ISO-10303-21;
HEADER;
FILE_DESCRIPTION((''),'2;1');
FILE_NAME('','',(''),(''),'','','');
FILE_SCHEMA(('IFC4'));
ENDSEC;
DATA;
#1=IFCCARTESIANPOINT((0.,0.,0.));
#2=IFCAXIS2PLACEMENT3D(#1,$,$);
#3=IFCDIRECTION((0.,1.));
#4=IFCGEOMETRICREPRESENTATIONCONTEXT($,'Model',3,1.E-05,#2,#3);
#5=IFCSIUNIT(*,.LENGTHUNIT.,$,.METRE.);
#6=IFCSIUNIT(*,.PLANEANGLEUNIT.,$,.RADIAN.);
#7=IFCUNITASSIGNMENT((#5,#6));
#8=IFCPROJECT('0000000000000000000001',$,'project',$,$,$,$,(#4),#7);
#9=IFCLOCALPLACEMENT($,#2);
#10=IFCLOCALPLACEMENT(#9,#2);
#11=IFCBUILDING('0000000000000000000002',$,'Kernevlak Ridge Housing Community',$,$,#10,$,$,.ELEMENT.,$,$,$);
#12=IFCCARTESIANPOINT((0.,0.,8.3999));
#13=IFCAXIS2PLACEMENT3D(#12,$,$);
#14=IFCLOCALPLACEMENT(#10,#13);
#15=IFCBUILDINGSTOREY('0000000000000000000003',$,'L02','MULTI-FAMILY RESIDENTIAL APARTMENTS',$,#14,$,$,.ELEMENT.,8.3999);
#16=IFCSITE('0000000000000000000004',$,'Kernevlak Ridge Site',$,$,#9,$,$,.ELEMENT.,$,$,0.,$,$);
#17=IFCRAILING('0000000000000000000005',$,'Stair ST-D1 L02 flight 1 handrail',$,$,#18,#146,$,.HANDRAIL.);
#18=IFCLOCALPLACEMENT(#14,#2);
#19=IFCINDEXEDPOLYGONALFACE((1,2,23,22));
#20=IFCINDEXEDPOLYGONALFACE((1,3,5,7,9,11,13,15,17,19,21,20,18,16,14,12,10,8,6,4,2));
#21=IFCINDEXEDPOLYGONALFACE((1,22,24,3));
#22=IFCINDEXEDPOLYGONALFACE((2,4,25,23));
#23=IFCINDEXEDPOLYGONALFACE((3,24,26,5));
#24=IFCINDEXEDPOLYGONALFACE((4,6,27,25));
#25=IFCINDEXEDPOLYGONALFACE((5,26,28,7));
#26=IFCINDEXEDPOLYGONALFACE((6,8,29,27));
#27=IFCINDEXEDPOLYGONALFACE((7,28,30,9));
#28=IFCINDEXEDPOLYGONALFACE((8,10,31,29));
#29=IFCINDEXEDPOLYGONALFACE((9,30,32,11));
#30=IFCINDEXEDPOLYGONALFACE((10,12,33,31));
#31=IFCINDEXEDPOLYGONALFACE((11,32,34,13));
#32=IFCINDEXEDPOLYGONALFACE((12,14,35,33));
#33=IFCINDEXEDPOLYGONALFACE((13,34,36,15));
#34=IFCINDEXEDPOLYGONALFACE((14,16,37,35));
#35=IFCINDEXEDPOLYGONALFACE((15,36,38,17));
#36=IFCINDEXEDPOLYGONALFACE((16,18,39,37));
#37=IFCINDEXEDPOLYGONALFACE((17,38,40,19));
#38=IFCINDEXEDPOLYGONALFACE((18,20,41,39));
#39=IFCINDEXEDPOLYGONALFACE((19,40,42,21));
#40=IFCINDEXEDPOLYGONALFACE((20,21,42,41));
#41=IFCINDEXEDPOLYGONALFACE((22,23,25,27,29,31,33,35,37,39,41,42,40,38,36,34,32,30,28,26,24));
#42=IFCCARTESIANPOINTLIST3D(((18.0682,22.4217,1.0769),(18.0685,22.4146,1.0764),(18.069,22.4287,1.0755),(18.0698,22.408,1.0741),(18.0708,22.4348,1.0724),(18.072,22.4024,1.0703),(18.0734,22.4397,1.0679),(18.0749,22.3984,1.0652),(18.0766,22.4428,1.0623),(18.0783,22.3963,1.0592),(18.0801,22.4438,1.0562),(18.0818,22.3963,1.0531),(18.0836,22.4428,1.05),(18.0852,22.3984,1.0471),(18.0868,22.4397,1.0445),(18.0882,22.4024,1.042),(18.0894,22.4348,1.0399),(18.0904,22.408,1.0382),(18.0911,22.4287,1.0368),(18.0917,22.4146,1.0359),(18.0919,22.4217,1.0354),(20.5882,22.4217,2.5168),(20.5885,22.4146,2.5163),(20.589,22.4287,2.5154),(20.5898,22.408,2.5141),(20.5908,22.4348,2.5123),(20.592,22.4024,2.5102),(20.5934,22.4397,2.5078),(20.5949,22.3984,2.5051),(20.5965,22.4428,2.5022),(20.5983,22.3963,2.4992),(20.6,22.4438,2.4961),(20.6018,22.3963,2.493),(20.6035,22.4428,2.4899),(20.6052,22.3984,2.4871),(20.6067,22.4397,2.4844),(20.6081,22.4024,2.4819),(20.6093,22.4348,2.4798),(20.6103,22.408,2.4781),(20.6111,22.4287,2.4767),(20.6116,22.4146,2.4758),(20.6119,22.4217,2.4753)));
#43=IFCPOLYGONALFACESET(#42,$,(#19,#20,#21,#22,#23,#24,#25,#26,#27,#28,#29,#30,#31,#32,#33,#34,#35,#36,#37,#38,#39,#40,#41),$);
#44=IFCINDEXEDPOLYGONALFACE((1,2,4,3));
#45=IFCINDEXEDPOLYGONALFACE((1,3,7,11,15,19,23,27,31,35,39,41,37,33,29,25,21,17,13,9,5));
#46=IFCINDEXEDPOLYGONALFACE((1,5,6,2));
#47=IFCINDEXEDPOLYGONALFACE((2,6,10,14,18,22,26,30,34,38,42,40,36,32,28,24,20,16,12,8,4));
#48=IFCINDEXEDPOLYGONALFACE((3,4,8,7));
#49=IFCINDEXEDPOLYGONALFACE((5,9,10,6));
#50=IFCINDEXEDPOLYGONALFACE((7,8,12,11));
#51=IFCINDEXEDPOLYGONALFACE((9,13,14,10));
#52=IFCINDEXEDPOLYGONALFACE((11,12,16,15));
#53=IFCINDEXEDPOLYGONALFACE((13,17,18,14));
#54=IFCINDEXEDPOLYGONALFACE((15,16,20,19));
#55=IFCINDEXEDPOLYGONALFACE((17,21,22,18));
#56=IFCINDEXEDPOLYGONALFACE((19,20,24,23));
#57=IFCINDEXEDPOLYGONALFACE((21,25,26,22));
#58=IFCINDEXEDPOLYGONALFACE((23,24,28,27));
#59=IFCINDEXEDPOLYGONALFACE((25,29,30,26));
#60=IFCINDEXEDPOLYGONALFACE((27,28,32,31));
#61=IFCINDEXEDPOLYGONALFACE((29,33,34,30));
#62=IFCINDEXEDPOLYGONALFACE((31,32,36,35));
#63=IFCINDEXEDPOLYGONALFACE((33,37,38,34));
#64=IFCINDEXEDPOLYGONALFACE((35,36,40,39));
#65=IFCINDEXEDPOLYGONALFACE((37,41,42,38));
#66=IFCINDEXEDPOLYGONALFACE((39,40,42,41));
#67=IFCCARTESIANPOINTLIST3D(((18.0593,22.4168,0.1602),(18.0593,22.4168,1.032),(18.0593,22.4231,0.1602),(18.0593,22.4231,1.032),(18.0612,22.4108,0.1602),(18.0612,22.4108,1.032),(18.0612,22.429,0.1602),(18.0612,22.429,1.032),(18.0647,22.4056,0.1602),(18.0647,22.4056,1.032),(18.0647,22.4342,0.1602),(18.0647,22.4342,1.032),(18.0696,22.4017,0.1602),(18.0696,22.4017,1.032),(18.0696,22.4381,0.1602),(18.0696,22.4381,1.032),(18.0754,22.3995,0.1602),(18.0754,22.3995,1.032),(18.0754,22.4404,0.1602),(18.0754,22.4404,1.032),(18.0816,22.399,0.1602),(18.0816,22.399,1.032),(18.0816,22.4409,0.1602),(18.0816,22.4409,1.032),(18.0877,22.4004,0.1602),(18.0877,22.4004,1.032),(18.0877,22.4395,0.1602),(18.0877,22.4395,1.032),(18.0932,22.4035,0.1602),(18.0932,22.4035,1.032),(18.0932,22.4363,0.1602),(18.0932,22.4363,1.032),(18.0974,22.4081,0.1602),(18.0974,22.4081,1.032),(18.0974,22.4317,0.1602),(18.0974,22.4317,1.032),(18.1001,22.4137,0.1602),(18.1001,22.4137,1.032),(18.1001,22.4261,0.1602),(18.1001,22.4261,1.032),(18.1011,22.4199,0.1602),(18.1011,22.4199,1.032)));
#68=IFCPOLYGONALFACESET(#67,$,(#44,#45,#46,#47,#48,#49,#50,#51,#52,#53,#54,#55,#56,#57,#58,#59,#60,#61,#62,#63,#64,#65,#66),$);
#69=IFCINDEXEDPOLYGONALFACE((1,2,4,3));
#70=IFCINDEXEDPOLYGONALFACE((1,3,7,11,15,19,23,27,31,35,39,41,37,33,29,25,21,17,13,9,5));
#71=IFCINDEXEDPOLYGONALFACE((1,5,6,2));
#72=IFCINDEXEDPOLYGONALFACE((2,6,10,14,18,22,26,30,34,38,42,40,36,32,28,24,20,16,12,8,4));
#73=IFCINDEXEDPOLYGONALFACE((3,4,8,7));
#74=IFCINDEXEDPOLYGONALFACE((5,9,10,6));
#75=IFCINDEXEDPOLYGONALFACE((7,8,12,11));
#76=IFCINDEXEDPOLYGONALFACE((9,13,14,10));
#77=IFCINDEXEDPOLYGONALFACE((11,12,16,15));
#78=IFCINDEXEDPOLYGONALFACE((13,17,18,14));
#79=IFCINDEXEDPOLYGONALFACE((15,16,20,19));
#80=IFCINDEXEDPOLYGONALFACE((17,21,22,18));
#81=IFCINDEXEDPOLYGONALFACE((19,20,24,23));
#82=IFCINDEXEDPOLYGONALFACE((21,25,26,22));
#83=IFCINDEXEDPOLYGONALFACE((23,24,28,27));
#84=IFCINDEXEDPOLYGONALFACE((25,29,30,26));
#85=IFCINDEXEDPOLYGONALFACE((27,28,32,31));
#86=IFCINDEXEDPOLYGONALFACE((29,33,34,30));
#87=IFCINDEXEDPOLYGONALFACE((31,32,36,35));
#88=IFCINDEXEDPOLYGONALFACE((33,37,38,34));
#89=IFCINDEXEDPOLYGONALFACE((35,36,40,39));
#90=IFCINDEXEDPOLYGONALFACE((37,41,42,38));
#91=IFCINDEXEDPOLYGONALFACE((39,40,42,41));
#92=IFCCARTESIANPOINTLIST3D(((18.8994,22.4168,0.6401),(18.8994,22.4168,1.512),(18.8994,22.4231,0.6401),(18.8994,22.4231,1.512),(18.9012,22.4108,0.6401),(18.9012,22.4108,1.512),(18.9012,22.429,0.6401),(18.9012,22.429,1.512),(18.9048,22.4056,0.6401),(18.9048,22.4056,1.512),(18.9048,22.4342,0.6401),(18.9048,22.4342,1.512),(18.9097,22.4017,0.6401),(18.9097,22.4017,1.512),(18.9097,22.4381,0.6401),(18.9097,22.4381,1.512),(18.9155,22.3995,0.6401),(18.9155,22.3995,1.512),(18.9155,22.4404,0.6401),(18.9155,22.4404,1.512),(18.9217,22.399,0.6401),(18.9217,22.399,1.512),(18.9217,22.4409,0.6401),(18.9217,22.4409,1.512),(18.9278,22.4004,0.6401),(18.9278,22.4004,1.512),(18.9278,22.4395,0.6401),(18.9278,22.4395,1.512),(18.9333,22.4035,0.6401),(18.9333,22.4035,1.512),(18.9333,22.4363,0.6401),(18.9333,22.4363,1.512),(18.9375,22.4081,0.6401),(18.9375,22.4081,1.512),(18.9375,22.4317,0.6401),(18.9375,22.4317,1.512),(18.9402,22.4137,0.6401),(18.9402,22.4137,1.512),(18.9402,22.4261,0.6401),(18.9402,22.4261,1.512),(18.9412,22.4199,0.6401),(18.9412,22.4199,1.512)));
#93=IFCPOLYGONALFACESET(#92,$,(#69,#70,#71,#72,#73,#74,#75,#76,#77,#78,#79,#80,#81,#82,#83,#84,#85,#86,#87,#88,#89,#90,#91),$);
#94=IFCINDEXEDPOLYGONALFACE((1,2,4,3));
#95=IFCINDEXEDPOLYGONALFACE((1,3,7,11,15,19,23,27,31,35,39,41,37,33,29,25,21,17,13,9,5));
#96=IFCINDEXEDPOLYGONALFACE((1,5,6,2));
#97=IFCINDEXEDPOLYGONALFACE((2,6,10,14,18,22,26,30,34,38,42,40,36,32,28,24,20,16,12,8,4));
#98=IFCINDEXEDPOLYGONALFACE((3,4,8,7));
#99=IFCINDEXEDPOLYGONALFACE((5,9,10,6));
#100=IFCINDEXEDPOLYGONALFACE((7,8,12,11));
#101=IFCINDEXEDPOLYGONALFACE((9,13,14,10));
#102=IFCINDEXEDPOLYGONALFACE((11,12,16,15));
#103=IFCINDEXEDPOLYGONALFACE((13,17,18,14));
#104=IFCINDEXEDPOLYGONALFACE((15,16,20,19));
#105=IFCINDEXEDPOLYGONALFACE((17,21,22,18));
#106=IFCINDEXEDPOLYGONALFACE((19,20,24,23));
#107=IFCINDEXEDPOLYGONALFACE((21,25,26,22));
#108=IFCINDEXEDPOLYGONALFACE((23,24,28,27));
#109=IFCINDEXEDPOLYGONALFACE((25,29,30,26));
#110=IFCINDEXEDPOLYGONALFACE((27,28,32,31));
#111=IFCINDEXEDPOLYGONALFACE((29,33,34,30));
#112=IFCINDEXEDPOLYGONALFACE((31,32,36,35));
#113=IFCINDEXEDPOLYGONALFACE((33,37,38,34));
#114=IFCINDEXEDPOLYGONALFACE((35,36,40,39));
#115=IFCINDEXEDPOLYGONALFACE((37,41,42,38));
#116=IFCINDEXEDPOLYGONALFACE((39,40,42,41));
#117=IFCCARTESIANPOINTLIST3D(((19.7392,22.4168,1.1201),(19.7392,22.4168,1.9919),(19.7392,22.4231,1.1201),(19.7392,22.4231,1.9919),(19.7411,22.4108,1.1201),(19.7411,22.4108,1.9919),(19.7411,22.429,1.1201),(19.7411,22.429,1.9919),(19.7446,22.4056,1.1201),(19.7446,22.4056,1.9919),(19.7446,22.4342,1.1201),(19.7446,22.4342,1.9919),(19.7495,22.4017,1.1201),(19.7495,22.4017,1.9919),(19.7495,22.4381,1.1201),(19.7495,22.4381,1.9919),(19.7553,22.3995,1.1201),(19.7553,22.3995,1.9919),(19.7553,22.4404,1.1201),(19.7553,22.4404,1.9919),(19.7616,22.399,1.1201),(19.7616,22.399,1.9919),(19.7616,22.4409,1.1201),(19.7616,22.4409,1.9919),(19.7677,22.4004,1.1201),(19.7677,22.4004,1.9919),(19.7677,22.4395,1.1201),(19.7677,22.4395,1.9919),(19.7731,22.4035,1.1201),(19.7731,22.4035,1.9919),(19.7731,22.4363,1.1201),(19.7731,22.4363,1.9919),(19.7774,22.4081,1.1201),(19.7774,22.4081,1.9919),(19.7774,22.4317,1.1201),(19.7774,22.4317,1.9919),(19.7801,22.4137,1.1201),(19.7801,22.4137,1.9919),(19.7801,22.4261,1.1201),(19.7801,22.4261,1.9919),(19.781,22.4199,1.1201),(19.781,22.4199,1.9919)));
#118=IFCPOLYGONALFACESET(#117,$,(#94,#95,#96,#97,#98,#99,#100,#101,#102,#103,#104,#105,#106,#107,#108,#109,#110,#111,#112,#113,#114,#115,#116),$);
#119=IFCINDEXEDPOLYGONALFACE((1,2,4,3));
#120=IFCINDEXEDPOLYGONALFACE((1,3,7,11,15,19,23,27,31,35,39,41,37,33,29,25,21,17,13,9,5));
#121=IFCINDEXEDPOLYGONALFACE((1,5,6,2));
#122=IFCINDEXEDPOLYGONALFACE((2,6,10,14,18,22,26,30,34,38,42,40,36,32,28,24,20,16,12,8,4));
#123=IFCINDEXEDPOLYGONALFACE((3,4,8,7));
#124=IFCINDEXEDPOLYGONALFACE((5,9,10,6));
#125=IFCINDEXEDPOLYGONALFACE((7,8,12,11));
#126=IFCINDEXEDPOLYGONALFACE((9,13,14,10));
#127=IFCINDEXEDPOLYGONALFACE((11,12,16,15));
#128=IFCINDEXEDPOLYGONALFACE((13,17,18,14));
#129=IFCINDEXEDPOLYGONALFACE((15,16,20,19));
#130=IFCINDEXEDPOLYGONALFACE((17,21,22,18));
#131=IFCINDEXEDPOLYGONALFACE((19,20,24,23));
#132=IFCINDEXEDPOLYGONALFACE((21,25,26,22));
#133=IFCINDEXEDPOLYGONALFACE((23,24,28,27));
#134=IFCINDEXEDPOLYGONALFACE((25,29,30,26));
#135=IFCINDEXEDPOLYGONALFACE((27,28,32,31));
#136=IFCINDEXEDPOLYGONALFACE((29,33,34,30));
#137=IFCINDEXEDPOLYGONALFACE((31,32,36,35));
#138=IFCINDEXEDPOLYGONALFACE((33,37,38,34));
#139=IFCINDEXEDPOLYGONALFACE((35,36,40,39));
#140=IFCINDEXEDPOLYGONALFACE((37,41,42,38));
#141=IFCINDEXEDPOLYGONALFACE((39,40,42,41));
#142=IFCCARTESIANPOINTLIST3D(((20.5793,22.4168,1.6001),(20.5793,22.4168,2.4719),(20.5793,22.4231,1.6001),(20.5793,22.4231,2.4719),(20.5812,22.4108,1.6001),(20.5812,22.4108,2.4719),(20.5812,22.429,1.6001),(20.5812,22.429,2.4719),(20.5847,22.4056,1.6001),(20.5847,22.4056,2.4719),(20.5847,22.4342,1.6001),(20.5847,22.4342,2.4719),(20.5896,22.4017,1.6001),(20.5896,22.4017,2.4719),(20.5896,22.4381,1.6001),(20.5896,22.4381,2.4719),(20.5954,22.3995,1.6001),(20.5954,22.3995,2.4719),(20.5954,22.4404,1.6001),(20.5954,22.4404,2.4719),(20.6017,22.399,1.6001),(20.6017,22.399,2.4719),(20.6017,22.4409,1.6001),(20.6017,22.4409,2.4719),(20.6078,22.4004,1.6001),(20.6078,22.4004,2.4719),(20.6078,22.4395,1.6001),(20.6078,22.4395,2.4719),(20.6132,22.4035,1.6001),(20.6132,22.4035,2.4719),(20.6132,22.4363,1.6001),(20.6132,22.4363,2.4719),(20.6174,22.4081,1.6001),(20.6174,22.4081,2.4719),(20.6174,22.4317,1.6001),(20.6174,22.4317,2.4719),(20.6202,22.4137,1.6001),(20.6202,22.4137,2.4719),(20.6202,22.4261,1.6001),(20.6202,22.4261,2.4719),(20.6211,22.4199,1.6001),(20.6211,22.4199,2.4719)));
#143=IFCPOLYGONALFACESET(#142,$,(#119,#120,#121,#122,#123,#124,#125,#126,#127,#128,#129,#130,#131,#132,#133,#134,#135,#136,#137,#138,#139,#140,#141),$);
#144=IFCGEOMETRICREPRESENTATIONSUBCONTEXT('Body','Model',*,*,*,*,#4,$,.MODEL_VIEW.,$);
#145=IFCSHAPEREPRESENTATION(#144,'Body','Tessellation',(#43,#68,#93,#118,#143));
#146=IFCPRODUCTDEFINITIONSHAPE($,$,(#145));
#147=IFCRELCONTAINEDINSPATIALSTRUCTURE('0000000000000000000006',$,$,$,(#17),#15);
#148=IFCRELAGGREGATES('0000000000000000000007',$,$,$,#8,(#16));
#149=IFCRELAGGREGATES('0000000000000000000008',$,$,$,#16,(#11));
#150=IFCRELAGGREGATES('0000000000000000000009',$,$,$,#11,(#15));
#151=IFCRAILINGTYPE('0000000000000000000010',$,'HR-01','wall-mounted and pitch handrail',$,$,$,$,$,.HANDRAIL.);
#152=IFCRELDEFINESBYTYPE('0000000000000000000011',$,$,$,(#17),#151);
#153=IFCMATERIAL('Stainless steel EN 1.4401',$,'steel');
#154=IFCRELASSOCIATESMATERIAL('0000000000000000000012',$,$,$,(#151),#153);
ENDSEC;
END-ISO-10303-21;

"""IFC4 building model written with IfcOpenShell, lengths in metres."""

from ifc_helpers import new_model, si_unit, direction, frame, origin, origin_2d, place, context, subcontext, project, spatial, circle, extrude, material, type_object, element, save


model = new_model("IFC4")

# Units and contexts
model_context = context("Model", 3, precision=1e-05, world=origin(), true_north=direction((0.0, 1.0)))
body_context = subcontext(model_context, "Body", "Model", "MODEL_VIEW")
ifc_project = project(units=[si_unit("LENGTHUNIT", "METRE"), si_unit("PLANEANGLEUNIT", "RADIAN")], contexts=[model_context])

# Site, building, storey
site_placement = place(None, origin())
site = spatial("IfcSite", under=ifc_project, at=site_placement, Name="Kernevlak Ridge Site", CompositionType="ELEMENT", RefElevation=0.0)
building_placement = place(site_placement, origin())
building = spatial("IfcBuilding", under=site, at=building_placement, Name="Kernevlak Ridge Housing Community", CompositionType="ELEMENT")
storey_placement = place(building_placement, frame((0.0, 0.0, 8.3999)))
storey = spatial("IfcBuildingStorey", under=building, at=storey_placement, Name="L02", Description="MULTI-FAMILY RESIDENTIAL APARTMENTS", CompositionType="ELEMENT", Elevation=8.3999)

# Railing
ifc_material_1 = material(Name="Stainless steel EN 1.4401", Category="steel")
railing_type_1 = type_object("IfcRailingType", Name="HR-01", Description="wall-mounted and pitch handrail", PredefinedType="HANDRAIL", material=ifc_material_1)
railing_1_placement = place(storey_placement, frame((18.0801, 22.4199, 0.1602)))
element("IfcRailing", 1, at=railing_1_placement, inside=storey, type_object=railing_type_1, Name="Stair ST-D1 L02 flight 1 handrail", PredefinedType="HANDRAIL", context=body_context, shape_type="SweptSolid", body=[
    extrude(circle(Radius=0.0239, at=origin_2d()), frame((0.0, 0.0, 0.896), z_axis=(0.868253, 0.0, 0.496121), x_axis=(0.0, 1.0, 0.0)), (0.0, 0.0, 1.0), 2.9023),
    extrude(circle(Radius=0.021, at=origin_2d()), origin(), (0.0, 0.0, 1.0), 0.8718),
    extrude(circle(Radius=0.021, at=origin_2d()), frame((0.8401, 0.0, 0.48)), (0.0, 0.0, 1.0), 0.8718),
    extrude(circle(Radius=0.021, at=origin_2d()), frame((1.6799, 0.0, 0.96)), (0.0, 0.0, 1.0), 0.8718),
    extrude(circle(Radius=0.021, at=origin_2d()), frame((2.52, 0.0, 1.4399)), (0.0, 0.0, 1.0), 0.8718),
])

save(model, "model.ifc")
